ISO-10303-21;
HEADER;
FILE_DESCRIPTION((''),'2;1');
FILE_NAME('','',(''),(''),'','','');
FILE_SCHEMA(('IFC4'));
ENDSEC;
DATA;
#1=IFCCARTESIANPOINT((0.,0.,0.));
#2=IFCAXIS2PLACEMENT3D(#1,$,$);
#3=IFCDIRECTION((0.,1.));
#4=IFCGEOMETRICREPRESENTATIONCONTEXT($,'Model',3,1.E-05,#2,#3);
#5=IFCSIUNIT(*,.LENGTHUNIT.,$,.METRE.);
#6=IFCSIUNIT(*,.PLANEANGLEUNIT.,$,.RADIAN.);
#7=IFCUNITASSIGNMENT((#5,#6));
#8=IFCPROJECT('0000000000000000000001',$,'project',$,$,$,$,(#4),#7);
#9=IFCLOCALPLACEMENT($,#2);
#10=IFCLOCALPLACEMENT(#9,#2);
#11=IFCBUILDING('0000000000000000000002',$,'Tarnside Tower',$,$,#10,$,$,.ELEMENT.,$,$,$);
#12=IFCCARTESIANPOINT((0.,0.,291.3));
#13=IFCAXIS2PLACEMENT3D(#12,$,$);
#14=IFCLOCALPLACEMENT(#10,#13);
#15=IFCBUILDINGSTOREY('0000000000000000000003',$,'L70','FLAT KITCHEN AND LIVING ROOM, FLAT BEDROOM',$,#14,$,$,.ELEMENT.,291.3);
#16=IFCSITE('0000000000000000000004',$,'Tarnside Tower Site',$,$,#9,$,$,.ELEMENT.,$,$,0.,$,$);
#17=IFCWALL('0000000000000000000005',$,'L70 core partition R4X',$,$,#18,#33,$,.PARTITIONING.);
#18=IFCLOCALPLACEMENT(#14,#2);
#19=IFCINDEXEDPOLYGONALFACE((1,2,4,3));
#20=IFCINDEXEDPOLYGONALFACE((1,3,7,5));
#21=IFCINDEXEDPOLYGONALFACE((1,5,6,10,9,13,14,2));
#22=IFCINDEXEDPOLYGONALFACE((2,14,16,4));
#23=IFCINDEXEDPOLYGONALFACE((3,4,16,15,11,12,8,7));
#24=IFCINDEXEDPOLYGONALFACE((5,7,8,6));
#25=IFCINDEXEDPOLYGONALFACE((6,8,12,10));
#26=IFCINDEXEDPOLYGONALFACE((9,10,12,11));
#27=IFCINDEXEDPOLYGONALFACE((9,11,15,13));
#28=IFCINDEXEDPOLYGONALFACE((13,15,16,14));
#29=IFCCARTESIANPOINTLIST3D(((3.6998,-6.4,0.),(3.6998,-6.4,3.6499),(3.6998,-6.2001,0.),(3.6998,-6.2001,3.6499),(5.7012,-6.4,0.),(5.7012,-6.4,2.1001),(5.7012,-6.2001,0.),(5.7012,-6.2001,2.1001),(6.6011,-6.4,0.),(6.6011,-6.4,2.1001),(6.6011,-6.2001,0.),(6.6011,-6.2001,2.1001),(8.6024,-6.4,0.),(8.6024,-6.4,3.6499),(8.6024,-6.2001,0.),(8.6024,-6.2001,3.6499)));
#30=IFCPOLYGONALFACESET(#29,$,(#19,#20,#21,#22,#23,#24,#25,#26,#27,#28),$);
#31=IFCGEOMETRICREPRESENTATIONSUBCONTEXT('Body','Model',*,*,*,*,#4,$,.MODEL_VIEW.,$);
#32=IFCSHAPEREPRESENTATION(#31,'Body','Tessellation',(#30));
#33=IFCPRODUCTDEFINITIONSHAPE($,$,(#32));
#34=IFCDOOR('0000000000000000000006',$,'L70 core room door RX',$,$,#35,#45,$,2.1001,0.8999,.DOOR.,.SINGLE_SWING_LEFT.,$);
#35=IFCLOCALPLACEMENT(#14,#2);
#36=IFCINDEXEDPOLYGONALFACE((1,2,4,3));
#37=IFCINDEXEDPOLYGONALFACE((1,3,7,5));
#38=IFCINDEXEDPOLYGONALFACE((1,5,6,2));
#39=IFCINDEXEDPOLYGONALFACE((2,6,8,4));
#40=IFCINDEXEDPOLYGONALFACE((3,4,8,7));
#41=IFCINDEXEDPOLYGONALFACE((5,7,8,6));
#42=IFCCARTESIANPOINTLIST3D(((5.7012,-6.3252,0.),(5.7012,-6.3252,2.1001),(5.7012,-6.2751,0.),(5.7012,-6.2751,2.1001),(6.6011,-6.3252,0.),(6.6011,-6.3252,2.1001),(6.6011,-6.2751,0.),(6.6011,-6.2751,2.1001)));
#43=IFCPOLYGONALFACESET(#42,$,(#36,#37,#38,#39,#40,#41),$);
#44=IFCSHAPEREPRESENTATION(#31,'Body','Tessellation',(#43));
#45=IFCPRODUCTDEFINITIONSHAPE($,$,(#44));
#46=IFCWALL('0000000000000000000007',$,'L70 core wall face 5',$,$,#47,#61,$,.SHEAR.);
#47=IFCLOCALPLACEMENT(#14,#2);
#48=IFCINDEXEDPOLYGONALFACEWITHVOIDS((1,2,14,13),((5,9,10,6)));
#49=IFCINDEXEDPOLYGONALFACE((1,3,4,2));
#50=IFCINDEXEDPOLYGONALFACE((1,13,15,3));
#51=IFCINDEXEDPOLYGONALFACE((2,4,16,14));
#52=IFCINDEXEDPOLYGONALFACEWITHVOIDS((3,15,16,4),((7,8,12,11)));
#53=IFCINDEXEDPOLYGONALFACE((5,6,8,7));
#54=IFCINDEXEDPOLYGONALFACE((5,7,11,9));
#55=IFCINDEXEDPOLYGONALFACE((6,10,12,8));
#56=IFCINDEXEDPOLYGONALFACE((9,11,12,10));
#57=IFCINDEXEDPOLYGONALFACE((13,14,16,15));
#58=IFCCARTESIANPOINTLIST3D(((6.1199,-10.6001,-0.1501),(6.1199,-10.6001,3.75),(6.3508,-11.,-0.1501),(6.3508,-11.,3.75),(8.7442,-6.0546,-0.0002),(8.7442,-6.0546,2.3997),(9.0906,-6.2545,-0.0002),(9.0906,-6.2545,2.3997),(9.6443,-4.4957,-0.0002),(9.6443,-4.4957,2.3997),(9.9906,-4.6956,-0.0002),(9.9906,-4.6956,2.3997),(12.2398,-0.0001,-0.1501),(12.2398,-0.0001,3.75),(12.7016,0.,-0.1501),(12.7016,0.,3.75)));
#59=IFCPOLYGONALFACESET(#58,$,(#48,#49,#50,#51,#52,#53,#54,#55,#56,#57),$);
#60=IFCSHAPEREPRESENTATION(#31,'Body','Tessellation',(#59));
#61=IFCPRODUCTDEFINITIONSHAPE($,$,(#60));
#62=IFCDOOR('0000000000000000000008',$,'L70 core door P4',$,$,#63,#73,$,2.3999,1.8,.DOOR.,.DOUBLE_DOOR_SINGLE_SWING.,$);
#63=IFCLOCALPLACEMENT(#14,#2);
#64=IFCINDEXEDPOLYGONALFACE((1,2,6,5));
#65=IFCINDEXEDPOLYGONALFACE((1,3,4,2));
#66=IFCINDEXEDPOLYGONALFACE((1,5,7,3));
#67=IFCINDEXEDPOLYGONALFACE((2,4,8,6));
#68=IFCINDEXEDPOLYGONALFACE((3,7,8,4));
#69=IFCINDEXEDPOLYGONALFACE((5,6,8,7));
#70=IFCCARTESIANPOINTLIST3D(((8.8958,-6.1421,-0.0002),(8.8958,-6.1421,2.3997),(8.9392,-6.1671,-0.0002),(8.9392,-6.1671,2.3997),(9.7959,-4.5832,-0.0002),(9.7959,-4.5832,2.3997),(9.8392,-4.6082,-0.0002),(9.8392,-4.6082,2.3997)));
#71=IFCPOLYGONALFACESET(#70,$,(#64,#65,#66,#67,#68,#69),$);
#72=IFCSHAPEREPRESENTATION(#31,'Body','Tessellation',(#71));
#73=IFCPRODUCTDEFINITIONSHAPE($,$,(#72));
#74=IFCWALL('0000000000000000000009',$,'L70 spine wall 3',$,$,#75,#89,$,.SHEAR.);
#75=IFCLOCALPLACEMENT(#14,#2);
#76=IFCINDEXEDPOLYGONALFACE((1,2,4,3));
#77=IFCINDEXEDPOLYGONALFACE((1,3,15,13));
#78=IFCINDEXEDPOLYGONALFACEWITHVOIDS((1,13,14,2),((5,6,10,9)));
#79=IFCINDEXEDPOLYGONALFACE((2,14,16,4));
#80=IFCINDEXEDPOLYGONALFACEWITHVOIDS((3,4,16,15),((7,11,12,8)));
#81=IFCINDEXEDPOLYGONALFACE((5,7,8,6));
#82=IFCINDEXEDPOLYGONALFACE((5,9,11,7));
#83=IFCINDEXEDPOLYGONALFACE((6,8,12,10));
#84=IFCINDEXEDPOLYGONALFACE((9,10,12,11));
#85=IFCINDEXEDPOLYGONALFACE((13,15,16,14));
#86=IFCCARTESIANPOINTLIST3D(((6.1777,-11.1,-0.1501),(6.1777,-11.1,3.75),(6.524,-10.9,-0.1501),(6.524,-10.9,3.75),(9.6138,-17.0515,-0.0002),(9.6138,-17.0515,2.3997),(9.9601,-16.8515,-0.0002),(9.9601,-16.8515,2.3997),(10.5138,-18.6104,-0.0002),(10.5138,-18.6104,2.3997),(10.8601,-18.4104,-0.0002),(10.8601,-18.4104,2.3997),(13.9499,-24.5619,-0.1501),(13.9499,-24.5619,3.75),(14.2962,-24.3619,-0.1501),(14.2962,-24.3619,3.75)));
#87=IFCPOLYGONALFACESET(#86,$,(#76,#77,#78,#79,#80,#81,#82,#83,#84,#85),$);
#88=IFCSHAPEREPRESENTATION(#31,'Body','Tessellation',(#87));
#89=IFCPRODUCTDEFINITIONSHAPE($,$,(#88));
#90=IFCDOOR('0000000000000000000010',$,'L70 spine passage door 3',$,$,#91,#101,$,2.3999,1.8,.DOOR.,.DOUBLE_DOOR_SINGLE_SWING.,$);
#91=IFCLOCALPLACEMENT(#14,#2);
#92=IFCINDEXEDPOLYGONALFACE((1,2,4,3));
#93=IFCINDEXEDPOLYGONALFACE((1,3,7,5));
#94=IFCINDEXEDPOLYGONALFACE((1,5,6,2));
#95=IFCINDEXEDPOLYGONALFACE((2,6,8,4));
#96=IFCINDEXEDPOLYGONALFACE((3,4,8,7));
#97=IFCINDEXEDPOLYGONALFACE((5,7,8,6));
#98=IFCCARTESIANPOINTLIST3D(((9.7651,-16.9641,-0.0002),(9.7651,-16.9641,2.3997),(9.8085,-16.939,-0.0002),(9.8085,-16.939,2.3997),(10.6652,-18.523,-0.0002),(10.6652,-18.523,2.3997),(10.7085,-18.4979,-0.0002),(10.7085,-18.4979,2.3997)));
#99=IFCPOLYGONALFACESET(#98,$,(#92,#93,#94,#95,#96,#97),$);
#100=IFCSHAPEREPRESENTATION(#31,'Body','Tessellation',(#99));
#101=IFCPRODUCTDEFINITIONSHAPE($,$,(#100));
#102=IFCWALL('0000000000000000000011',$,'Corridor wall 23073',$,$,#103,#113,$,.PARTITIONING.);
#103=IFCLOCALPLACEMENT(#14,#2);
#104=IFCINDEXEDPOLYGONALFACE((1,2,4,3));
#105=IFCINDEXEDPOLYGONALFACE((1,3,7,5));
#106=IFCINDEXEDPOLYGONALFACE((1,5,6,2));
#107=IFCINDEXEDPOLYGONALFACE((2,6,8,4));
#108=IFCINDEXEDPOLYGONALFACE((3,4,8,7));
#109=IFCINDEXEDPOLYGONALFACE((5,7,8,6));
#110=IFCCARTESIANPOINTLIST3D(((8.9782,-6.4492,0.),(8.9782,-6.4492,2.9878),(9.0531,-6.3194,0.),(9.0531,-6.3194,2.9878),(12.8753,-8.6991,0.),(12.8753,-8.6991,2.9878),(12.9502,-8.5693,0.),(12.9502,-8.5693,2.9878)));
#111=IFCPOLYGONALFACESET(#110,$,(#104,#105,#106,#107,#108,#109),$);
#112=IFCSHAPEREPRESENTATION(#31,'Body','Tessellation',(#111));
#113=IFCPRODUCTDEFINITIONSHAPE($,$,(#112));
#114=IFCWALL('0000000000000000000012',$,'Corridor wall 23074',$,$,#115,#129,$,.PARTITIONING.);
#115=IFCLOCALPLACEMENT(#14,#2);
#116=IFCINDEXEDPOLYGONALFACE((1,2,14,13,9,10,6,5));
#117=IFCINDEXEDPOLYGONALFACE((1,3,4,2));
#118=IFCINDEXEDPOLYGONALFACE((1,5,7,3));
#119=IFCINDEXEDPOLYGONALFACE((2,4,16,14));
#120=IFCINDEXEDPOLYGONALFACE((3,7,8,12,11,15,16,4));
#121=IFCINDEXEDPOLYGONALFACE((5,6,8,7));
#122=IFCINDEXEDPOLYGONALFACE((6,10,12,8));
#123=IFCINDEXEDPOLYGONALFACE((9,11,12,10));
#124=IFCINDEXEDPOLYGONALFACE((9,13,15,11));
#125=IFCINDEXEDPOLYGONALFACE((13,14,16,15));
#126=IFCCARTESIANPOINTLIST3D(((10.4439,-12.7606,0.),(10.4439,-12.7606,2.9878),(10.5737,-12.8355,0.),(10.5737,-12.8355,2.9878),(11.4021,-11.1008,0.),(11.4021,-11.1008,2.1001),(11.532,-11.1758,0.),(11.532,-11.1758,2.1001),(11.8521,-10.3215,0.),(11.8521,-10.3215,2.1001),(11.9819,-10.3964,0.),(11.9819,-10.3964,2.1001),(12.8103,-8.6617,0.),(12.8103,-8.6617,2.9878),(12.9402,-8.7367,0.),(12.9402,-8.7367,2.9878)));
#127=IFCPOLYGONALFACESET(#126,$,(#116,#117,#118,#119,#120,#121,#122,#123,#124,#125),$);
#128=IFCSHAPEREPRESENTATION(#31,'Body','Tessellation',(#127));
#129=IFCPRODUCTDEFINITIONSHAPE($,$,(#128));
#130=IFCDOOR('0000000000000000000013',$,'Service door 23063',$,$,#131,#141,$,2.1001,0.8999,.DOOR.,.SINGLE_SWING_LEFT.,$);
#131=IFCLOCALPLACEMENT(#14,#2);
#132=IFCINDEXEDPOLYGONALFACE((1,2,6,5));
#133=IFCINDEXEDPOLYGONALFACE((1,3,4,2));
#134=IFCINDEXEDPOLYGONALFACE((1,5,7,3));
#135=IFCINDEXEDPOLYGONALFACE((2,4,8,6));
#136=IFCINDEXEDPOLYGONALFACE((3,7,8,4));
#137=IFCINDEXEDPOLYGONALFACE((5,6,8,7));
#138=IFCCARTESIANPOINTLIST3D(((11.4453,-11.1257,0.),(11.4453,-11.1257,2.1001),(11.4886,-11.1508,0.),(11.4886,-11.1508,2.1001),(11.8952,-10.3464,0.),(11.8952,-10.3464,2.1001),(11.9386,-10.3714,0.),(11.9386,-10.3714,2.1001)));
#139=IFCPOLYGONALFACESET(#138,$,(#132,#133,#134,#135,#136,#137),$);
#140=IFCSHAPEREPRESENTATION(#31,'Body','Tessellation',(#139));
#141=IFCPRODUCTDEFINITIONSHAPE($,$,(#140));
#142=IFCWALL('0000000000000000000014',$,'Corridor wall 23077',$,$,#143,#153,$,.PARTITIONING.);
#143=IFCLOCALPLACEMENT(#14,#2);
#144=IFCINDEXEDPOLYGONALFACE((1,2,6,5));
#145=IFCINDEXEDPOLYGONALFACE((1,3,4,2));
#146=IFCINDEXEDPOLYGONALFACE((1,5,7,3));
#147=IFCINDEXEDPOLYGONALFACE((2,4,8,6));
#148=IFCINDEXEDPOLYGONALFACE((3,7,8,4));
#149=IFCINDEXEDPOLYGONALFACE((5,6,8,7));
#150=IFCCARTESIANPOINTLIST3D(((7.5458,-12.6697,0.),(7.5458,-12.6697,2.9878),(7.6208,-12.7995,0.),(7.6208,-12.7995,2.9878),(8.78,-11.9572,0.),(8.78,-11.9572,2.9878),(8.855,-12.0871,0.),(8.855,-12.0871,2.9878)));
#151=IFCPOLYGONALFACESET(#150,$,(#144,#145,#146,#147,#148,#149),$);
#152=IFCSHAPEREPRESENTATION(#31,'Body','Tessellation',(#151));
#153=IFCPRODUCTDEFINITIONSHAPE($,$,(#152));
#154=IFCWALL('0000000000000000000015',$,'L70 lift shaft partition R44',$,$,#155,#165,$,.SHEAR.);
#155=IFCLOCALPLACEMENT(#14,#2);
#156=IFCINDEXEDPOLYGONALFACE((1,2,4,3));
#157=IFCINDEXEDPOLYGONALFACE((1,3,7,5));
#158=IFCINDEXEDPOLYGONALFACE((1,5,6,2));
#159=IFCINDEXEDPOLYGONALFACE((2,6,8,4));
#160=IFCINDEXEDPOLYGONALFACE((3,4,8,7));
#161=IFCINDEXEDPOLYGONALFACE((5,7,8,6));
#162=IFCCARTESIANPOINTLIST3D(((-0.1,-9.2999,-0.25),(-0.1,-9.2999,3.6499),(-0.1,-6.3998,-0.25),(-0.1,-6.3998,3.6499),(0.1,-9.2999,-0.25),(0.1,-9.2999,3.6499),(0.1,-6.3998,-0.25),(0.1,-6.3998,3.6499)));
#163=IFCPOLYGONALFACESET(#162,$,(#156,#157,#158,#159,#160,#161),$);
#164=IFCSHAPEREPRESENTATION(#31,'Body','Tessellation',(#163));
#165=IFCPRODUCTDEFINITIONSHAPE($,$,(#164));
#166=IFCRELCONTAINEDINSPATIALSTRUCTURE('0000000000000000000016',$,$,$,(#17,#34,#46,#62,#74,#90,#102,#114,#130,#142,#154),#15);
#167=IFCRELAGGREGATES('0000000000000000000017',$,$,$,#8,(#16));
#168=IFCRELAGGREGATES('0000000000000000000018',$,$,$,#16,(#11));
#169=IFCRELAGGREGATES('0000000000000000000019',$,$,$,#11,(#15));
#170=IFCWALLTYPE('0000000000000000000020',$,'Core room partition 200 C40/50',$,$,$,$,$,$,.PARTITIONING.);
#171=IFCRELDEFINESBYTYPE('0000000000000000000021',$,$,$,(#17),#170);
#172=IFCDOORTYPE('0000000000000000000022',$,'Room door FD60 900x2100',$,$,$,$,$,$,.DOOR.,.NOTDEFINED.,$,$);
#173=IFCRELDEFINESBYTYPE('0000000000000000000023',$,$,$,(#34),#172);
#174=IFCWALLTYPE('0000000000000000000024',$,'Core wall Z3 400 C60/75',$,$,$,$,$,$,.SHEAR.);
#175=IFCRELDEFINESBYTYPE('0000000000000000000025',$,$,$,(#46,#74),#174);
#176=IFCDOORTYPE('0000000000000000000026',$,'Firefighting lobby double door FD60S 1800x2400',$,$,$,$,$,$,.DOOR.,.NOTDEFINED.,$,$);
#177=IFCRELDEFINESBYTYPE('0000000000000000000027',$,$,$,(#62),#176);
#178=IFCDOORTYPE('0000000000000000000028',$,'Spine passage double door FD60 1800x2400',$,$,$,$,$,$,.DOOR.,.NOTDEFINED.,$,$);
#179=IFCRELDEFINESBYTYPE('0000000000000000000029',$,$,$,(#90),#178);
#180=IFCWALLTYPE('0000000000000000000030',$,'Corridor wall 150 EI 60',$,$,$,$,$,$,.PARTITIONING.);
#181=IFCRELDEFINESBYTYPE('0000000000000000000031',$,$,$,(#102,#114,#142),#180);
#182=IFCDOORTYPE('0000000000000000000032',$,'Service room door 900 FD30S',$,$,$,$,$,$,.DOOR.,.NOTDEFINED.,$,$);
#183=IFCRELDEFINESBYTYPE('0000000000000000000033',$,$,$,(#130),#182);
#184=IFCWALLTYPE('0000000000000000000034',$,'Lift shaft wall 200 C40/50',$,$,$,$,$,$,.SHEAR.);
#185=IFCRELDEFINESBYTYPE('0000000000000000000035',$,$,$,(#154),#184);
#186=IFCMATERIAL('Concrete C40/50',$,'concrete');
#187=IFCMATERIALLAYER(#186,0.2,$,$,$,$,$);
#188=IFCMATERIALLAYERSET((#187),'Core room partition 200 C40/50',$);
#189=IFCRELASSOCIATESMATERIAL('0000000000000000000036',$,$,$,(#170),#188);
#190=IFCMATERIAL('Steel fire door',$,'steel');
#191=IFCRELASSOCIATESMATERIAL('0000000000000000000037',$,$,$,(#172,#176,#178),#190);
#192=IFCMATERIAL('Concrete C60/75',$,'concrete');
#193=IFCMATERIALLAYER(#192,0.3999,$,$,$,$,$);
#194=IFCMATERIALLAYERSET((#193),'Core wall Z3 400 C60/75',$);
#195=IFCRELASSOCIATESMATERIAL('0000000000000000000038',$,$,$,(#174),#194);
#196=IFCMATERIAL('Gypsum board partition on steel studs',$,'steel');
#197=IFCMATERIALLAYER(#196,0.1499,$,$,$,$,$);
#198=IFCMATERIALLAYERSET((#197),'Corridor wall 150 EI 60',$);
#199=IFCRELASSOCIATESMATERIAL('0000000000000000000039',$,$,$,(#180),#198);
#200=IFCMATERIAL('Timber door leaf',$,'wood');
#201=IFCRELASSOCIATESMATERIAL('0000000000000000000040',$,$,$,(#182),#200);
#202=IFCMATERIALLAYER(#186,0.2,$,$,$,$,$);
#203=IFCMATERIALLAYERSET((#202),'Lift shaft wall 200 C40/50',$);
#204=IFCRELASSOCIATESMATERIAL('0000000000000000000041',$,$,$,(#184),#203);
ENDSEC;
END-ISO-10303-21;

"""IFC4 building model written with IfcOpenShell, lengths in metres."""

from ifc_helpers import new_model, si_unit, direction, frame, frame_2d, origin, place, context, subcontext, project, spatial, polyline, rectangle, outline, extrude, material, layer, layer_set, type_object, element, fill, save


model = new_model("IFC4")

# Units and contexts
model_context = context("Model", 3, precision=1e-05, world=origin(), true_north=direction((0.0, 1.0)))
body_context = subcontext(model_context, "Body", "Model", "MODEL_VIEW")
ifc_project = project(units=[si_unit("LENGTHUNIT", "METRE"), si_unit("PLANEANGLEUNIT", "RADIAN")], contexts=[model_context])

# Site, building, storey
site_placement = place(None, origin())
site = spatial("IfcSite", under=ifc_project, at=site_placement, Name="Tarnside Tower Site", CompositionType="ELEMENT", RefElevation=0.0)
building_placement = place(site_placement, origin())
building = spatial("IfcBuilding", under=site, at=building_placement, Name="Tarnside Tower", CompositionType="ELEMENT")
storey_placement = place(building_placement, frame((0.0, 0.0, 291.3)))
storey = spatial("IfcBuildingStorey", under=building, at=storey_placement, Name="L70", Description="FLAT KITCHEN AND LIVING ROOM, FLAT BEDROOM", CompositionType="ELEMENT", Elevation=291.3)

# Shared definitions
ifc_material_1 = material(Name="Gypsum board partition on steel studs", Category="steel")
ifc_material_2 = material(Name="Timber door leaf", Category="wood")
ifc_material_3 = material(Name="Concrete C40/50", Category="concrete")
ifc_layer_1 = layer(ifc_material_3, 0.2)
ifc_layer_set_1 = layer_set([ifc_layer_1], Name="Core room partition 200 C40/50")
wall_type_1 = type_object("IfcWallType", Name="Core room partition 200 C40/50", PredefinedType="PARTITIONING", material=ifc_layer_set_1)
ifc_material_4 = material(Name="Steel fire door", Category="steel")
door_type_1 = type_object("IfcDoorType", Name="Room door FD60 900x2100", OperationType="NOTDEFINED", PredefinedType="DOOR", material=ifc_material_4)

# Walls, openings, doors
wall_1_placement = place(storey_placement, frame((3.7, -6.3, 0.0), z_axis=(0.0, 0.0, 1.0), x_axis=(1.0, 0.0, 0.0)))
wall_1 = element("IfcWall", 1, at=wall_1_placement, inside=storey, type_object=wall_type_1, Name="L70 core partition R4X", PredefinedType="PARTITIONING", context=body_context, shape_type="SweptSolid", body=[
    extrude(rectangle(XDim=4.9026, YDim=0.2, at=frame_2d((2.4512, 0.0))), origin(), (0.0, 0.0, 1.0), 3.6499),
])
opening_1_placement = place(wall_1_placement, frame((2.0012, 0.0, 0.0)))
opening_1 = element("IfcOpeningElement", 2, at=opening_1_placement, cuts=wall_1, PredefinedType="OPENING", context=body_context, shape_type="SweptSolid", body=[
    extrude(rectangle(XDim=0.8999, YDim=2.1001, at=frame_2d((0.45, 1.05))), frame((0.0, 0.1099, 0.0), z_axis=(0.0, -1.0, 0.0), x_axis=(1.0, 0.0, 0.0)), (0.0, 0.0, 1.0), 0.22),
])
door_1_placement = place(opening_1_placement, origin())
door_1 = element("IfcDoor", 3, at=door_1_placement, inside=storey, type_object=door_type_1, Name="L70 core room door RX", OperationType="SINGLE_SWING_LEFT", OverallHeight=2.1001, OverallWidth=0.8999, PredefinedType="DOOR", context=body_context, shape_type="SweptSolid", body=[
    extrude(rectangle(XDim=0.8999, YDim=2.1001, at=frame_2d((0.45, 1.05))), frame((0.0, 0.0249, 0.0), z_axis=(0.0, -1.0, 0.0), x_axis=(1.0, 0.0, 0.0)), (0.0, 0.0, 1.0), 0.05),
])
fill(opening_1, door_1)
ifc_material_5 = material(Name="Concrete C60/75", Category="concrete")
ifc_layer_2 = layer(ifc_material_5, 0.3999)
ifc_layer_set_2 = layer_set([ifc_layer_2], Name="Core wall Z3 400 C60/75")
wall_type_2 = type_object("IfcWallType", Name="Core wall Z3 400 C60/75", PredefinedType="SHEAR", material=ifc_layer_set_2)
wall_2_placement = place(storey_placement, frame((6.2354, -10.8, -0.1501), z_axis=(0.0, 0.0, 1.0), x_axis=(0.499996, 0.866027, 0.0)))
wall_2 = element("IfcWall", 4, at=wall_2_placement, inside=storey, type_object=wall_type_2, Name="L70 core wall face 5", PredefinedType="SHEAR", context=body_context, shape_type="SweptSolid", body=[
    extrude(outline(polyline([(-0.1155, -0.2), (12.5862, -0.2), (12.3552, 0.2), (0.1155, 0.2), (-0.1155, -0.2)])), origin(), (0.0, 0.0, 1.0), 3.9001),
])
opening_2_placement = place(wall_2_placement, frame((5.3643, 0.0, 0.1499)))
opening_2 = element("IfcOpeningElement", 5, at=opening_2_placement, cuts=wall_2, PredefinedType="OPENING", context=body_context, shape_type="SweptSolid", body=[
    extrude(rectangle(XDim=1.8, YDim=2.3999, at=frame_2d((0.8999, 1.2))), frame((0.0, 0.21, 0.0), z_axis=(0.0, -1.0, 0.0), x_axis=(1.0, 0.0, 0.0)), (0.0, 0.0, 1.0), 0.4199),
])
door_type_2 = type_object("IfcDoorType", Name="Firefighting lobby double door FD60S 1800x2400", OperationType="NOTDEFINED", PredefinedType="DOOR", material=ifc_material_4)
door_2_placement = place(opening_2_placement, origin())
door_2 = element("IfcDoor", 6, at=door_2_placement, inside=storey, type_object=door_type_2, Name="L70 core door P4", OperationType="DOUBLE_DOOR_SINGLE_SWING", OverallHeight=2.3999, OverallWidth=1.8, PredefinedType="DOOR", context=body_context, shape_type="SweptSolid", body=[
    extrude(rectangle(XDim=1.8, YDim=2.3999, at=frame_2d((0.8999, 1.2))), frame((0.0, 0.0249, 0.0), z_axis=(0.0, -1.0, 0.0), x_axis=(1.0, 0.0, 0.0)), (0.0, 0.0, 1.0), 0.05),
])
fill(opening_2, door_2)
wall_3_placement = place(storey_placement, frame((6.3508, -11.0, -0.1501), z_axis=(0.0, 0.0, 1.0), x_axis=(0.499999, -0.866026, 0.0)))
wall_3 = element("IfcWall", 7, at=wall_3_placement, inside=storey, type_object=wall_type_2, Name="L70 spine wall 3", PredefinedType="SHEAR", context=body_context, shape_type="SweptSolid", body=[
    extrude(rectangle(XDim=15.5444, YDim=0.3999, at=frame_2d((7.7722, 0.0))), origin(), (0.0, 0.0, 1.0), 3.9001),
])
opening_3_placement = place(wall_3_placement, frame((6.8723, 0.0, 0.1499)))
opening_3 = element("IfcOpeningElement", 8, at=opening_3_placement, cuts=wall_3, PredefinedType="OPENING", context=body_context, shape_type="SweptSolid", body=[
    extrude(rectangle(XDim=1.8, YDim=2.3999, at=frame_2d((0.8999, 1.2))), frame((0.0, 0.21, 0.0), z_axis=(0.0, -1.0, 0.0), x_axis=(1.0, 0.0, 0.0)), (0.0, 0.0, 1.0), 0.4199),
])
door_type_3 = type_object("IfcDoorType", Name="Spine passage double door FD60 1800x2400", OperationType="NOTDEFINED", PredefinedType="DOOR", material=ifc_material_4)
door_3_placement = place(opening_3_placement, origin())
door_3 = element("IfcDoor", 9, at=door_3_placement, inside=storey, type_object=door_type_3, Name="L70 spine passage door 3", OperationType="DOUBLE_DOOR_SINGLE_SWING", OverallHeight=2.3999, OverallWidth=1.8, PredefinedType="DOOR", context=body_context, shape_type="SweptSolid", body=[
    extrude(rectangle(XDim=1.8, YDim=2.3999, at=frame_2d((0.8999, 1.2))), frame((0.0, 0.0249, 0.0), z_axis=(0.0, -1.0, 0.0), x_axis=(1.0, 0.0, 0.0)), (0.0, 0.0, 1.0), 0.05),
])
fill(opening_3, door_3)

# Wall
ifc_layer_3 = layer(ifc_material_1, 0.1499)
ifc_layer_set_3 = layer_set([ifc_layer_3], Name="Corridor wall 150 EI 60")
wall_type_3 = type_object("IfcWallType", Name="Corridor wall 150 EI 60", PredefinedType="PARTITIONING", material=ifc_layer_set_3)
wall_4_placement = place(storey_placement, frame((9.0156, -6.3843, 0.0), z_axis=(0.0, 0.0, 1.0), x_axis=(0.866031, -0.49999, 0.0)))
element("IfcWall", 10, at=wall_4_placement, inside=storey, type_object=wall_type_3, Name="Corridor wall 23073", PredefinedType="PARTITIONING", context=body_context, shape_type="SweptSolid", body=[
    extrude(rectangle(XDim=4.5, YDim=0.1499, at=frame_2d((2.25, 0.0))), origin(), (0.0, 0.0, 1.0), 2.9878),
])

# Wall, opening, door
wall_5_placement = place(storey_placement, frame((12.8752, -8.6992, 0.0), z_axis=(0.0, 0.0, 1.0), x_axis=(-0.499995, -0.866028, 0.0)))
wall_5 = element("IfcWall", 11, at=wall_5_placement, inside=storey, type_object=wall_type_3, Name="Corridor wall 23074", PredefinedType="PARTITIONING", context=body_context, shape_type="SweptSolid", body=[
    extrude(rectangle(XDim=4.7329, YDim=0.1499, at=frame_2d((2.3665, 0.0))), origin(), (0.0, 0.0, 1.0), 2.9878),
])
opening_4_placement = place(wall_5_placement, frame((1.9165, 0.0, 0.0)))
opening_4 = element("IfcOpeningElement", 12, at=opening_4_placement, cuts=wall_5, PredefinedType="OPENING", context=body_context, shape_type="SweptSolid", body=[
    extrude(rectangle(XDim=0.8999, YDim=2.1001, at=frame_2d((0.45, 1.05))), frame((0.0, 0.085, 0.0), z_axis=(0.0, -1.0, 0.0), x_axis=(1.0, 0.0, 0.0)), (0.0, 0.0, 1.0), 0.1699),
])
door_type_4 = type_object("IfcDoorType", Name="Service room door 900 FD30S", OperationType="NOTDEFINED", PredefinedType="DOOR", material=ifc_material_2)
door_4_placement = place(opening_4_placement, origin())
door_4 = element("IfcDoor", 13, at=door_4_placement, inside=storey, type_object=door_type_4, Name="Service door 23063", OperationType="SINGLE_SWING_LEFT", OverallHeight=2.1001, OverallWidth=0.8999, PredefinedType="DOOR", context=body_context, shape_type="SweptSolid", body=[
    extrude(rectangle(XDim=0.8999, YDim=2.1001, at=frame_2d((0.45, 1.05))), frame((0.0, 0.0249, 0.0), z_axis=(0.0, -1.0, 0.0), x_axis=(1.0, 0.0, 0.0)), (0.0, 0.0, 1.0), 0.05),
])
fill(opening_4, door_4)

# Walls
wall_6_placement = place(storey_placement, frame((8.8174, -12.0222, 0.0), z_axis=(0.0, 0.0, 1.0), x_axis=(-0.866063, -0.499935, 0.0)))
element("IfcWall", 14, at=wall_6_placement, inside=storey, type_object=wall_type_3, Name="Corridor wall 23077", PredefinedType="PARTITIONING", context=body_context, shape_type="SweptSolid", body=[
    extrude(rectangle(XDim=1.425, YDim=0.1499, at=frame_2d((0.7124, 0.0))), origin(), (0.0, 0.0, 1.0), 2.9878),
])
ifc_layer_4 = layer(ifc_material_3, 0.2)
ifc_layer_set_4 = layer_set([ifc_layer_4], Name="Lift shaft wall 200 C40/50")
wall_type_4 = type_object("IfcWallType", Name="Lift shaft wall 200 C40/50", PredefinedType="SHEAR", material=ifc_layer_set_4)
for number, where, z_axis, x_axis, name in (
    (15, (0.0, -9.3, -0.25), (0.0, 0.0, 1.0), (0.0, 1.0, 0.0), "L70 lift shaft partition R44"),
):
    element("IfcWall", number, at=place(storey_placement, frame(where, z_axis=z_axis, x_axis=x_axis)), inside=storey, type_object=wall_type_4, Name=name, PredefinedType="SHEAR", context=body_context, shape_type="SweptSolid", body=[
        extrude(rectangle(XDim=2.9001, YDim=0.2, at=frame_2d((1.4502, 0.0))), origin(), (0.0, 0.0, 1.0), 3.8999),
    ])

save(model, "model.ifc")
